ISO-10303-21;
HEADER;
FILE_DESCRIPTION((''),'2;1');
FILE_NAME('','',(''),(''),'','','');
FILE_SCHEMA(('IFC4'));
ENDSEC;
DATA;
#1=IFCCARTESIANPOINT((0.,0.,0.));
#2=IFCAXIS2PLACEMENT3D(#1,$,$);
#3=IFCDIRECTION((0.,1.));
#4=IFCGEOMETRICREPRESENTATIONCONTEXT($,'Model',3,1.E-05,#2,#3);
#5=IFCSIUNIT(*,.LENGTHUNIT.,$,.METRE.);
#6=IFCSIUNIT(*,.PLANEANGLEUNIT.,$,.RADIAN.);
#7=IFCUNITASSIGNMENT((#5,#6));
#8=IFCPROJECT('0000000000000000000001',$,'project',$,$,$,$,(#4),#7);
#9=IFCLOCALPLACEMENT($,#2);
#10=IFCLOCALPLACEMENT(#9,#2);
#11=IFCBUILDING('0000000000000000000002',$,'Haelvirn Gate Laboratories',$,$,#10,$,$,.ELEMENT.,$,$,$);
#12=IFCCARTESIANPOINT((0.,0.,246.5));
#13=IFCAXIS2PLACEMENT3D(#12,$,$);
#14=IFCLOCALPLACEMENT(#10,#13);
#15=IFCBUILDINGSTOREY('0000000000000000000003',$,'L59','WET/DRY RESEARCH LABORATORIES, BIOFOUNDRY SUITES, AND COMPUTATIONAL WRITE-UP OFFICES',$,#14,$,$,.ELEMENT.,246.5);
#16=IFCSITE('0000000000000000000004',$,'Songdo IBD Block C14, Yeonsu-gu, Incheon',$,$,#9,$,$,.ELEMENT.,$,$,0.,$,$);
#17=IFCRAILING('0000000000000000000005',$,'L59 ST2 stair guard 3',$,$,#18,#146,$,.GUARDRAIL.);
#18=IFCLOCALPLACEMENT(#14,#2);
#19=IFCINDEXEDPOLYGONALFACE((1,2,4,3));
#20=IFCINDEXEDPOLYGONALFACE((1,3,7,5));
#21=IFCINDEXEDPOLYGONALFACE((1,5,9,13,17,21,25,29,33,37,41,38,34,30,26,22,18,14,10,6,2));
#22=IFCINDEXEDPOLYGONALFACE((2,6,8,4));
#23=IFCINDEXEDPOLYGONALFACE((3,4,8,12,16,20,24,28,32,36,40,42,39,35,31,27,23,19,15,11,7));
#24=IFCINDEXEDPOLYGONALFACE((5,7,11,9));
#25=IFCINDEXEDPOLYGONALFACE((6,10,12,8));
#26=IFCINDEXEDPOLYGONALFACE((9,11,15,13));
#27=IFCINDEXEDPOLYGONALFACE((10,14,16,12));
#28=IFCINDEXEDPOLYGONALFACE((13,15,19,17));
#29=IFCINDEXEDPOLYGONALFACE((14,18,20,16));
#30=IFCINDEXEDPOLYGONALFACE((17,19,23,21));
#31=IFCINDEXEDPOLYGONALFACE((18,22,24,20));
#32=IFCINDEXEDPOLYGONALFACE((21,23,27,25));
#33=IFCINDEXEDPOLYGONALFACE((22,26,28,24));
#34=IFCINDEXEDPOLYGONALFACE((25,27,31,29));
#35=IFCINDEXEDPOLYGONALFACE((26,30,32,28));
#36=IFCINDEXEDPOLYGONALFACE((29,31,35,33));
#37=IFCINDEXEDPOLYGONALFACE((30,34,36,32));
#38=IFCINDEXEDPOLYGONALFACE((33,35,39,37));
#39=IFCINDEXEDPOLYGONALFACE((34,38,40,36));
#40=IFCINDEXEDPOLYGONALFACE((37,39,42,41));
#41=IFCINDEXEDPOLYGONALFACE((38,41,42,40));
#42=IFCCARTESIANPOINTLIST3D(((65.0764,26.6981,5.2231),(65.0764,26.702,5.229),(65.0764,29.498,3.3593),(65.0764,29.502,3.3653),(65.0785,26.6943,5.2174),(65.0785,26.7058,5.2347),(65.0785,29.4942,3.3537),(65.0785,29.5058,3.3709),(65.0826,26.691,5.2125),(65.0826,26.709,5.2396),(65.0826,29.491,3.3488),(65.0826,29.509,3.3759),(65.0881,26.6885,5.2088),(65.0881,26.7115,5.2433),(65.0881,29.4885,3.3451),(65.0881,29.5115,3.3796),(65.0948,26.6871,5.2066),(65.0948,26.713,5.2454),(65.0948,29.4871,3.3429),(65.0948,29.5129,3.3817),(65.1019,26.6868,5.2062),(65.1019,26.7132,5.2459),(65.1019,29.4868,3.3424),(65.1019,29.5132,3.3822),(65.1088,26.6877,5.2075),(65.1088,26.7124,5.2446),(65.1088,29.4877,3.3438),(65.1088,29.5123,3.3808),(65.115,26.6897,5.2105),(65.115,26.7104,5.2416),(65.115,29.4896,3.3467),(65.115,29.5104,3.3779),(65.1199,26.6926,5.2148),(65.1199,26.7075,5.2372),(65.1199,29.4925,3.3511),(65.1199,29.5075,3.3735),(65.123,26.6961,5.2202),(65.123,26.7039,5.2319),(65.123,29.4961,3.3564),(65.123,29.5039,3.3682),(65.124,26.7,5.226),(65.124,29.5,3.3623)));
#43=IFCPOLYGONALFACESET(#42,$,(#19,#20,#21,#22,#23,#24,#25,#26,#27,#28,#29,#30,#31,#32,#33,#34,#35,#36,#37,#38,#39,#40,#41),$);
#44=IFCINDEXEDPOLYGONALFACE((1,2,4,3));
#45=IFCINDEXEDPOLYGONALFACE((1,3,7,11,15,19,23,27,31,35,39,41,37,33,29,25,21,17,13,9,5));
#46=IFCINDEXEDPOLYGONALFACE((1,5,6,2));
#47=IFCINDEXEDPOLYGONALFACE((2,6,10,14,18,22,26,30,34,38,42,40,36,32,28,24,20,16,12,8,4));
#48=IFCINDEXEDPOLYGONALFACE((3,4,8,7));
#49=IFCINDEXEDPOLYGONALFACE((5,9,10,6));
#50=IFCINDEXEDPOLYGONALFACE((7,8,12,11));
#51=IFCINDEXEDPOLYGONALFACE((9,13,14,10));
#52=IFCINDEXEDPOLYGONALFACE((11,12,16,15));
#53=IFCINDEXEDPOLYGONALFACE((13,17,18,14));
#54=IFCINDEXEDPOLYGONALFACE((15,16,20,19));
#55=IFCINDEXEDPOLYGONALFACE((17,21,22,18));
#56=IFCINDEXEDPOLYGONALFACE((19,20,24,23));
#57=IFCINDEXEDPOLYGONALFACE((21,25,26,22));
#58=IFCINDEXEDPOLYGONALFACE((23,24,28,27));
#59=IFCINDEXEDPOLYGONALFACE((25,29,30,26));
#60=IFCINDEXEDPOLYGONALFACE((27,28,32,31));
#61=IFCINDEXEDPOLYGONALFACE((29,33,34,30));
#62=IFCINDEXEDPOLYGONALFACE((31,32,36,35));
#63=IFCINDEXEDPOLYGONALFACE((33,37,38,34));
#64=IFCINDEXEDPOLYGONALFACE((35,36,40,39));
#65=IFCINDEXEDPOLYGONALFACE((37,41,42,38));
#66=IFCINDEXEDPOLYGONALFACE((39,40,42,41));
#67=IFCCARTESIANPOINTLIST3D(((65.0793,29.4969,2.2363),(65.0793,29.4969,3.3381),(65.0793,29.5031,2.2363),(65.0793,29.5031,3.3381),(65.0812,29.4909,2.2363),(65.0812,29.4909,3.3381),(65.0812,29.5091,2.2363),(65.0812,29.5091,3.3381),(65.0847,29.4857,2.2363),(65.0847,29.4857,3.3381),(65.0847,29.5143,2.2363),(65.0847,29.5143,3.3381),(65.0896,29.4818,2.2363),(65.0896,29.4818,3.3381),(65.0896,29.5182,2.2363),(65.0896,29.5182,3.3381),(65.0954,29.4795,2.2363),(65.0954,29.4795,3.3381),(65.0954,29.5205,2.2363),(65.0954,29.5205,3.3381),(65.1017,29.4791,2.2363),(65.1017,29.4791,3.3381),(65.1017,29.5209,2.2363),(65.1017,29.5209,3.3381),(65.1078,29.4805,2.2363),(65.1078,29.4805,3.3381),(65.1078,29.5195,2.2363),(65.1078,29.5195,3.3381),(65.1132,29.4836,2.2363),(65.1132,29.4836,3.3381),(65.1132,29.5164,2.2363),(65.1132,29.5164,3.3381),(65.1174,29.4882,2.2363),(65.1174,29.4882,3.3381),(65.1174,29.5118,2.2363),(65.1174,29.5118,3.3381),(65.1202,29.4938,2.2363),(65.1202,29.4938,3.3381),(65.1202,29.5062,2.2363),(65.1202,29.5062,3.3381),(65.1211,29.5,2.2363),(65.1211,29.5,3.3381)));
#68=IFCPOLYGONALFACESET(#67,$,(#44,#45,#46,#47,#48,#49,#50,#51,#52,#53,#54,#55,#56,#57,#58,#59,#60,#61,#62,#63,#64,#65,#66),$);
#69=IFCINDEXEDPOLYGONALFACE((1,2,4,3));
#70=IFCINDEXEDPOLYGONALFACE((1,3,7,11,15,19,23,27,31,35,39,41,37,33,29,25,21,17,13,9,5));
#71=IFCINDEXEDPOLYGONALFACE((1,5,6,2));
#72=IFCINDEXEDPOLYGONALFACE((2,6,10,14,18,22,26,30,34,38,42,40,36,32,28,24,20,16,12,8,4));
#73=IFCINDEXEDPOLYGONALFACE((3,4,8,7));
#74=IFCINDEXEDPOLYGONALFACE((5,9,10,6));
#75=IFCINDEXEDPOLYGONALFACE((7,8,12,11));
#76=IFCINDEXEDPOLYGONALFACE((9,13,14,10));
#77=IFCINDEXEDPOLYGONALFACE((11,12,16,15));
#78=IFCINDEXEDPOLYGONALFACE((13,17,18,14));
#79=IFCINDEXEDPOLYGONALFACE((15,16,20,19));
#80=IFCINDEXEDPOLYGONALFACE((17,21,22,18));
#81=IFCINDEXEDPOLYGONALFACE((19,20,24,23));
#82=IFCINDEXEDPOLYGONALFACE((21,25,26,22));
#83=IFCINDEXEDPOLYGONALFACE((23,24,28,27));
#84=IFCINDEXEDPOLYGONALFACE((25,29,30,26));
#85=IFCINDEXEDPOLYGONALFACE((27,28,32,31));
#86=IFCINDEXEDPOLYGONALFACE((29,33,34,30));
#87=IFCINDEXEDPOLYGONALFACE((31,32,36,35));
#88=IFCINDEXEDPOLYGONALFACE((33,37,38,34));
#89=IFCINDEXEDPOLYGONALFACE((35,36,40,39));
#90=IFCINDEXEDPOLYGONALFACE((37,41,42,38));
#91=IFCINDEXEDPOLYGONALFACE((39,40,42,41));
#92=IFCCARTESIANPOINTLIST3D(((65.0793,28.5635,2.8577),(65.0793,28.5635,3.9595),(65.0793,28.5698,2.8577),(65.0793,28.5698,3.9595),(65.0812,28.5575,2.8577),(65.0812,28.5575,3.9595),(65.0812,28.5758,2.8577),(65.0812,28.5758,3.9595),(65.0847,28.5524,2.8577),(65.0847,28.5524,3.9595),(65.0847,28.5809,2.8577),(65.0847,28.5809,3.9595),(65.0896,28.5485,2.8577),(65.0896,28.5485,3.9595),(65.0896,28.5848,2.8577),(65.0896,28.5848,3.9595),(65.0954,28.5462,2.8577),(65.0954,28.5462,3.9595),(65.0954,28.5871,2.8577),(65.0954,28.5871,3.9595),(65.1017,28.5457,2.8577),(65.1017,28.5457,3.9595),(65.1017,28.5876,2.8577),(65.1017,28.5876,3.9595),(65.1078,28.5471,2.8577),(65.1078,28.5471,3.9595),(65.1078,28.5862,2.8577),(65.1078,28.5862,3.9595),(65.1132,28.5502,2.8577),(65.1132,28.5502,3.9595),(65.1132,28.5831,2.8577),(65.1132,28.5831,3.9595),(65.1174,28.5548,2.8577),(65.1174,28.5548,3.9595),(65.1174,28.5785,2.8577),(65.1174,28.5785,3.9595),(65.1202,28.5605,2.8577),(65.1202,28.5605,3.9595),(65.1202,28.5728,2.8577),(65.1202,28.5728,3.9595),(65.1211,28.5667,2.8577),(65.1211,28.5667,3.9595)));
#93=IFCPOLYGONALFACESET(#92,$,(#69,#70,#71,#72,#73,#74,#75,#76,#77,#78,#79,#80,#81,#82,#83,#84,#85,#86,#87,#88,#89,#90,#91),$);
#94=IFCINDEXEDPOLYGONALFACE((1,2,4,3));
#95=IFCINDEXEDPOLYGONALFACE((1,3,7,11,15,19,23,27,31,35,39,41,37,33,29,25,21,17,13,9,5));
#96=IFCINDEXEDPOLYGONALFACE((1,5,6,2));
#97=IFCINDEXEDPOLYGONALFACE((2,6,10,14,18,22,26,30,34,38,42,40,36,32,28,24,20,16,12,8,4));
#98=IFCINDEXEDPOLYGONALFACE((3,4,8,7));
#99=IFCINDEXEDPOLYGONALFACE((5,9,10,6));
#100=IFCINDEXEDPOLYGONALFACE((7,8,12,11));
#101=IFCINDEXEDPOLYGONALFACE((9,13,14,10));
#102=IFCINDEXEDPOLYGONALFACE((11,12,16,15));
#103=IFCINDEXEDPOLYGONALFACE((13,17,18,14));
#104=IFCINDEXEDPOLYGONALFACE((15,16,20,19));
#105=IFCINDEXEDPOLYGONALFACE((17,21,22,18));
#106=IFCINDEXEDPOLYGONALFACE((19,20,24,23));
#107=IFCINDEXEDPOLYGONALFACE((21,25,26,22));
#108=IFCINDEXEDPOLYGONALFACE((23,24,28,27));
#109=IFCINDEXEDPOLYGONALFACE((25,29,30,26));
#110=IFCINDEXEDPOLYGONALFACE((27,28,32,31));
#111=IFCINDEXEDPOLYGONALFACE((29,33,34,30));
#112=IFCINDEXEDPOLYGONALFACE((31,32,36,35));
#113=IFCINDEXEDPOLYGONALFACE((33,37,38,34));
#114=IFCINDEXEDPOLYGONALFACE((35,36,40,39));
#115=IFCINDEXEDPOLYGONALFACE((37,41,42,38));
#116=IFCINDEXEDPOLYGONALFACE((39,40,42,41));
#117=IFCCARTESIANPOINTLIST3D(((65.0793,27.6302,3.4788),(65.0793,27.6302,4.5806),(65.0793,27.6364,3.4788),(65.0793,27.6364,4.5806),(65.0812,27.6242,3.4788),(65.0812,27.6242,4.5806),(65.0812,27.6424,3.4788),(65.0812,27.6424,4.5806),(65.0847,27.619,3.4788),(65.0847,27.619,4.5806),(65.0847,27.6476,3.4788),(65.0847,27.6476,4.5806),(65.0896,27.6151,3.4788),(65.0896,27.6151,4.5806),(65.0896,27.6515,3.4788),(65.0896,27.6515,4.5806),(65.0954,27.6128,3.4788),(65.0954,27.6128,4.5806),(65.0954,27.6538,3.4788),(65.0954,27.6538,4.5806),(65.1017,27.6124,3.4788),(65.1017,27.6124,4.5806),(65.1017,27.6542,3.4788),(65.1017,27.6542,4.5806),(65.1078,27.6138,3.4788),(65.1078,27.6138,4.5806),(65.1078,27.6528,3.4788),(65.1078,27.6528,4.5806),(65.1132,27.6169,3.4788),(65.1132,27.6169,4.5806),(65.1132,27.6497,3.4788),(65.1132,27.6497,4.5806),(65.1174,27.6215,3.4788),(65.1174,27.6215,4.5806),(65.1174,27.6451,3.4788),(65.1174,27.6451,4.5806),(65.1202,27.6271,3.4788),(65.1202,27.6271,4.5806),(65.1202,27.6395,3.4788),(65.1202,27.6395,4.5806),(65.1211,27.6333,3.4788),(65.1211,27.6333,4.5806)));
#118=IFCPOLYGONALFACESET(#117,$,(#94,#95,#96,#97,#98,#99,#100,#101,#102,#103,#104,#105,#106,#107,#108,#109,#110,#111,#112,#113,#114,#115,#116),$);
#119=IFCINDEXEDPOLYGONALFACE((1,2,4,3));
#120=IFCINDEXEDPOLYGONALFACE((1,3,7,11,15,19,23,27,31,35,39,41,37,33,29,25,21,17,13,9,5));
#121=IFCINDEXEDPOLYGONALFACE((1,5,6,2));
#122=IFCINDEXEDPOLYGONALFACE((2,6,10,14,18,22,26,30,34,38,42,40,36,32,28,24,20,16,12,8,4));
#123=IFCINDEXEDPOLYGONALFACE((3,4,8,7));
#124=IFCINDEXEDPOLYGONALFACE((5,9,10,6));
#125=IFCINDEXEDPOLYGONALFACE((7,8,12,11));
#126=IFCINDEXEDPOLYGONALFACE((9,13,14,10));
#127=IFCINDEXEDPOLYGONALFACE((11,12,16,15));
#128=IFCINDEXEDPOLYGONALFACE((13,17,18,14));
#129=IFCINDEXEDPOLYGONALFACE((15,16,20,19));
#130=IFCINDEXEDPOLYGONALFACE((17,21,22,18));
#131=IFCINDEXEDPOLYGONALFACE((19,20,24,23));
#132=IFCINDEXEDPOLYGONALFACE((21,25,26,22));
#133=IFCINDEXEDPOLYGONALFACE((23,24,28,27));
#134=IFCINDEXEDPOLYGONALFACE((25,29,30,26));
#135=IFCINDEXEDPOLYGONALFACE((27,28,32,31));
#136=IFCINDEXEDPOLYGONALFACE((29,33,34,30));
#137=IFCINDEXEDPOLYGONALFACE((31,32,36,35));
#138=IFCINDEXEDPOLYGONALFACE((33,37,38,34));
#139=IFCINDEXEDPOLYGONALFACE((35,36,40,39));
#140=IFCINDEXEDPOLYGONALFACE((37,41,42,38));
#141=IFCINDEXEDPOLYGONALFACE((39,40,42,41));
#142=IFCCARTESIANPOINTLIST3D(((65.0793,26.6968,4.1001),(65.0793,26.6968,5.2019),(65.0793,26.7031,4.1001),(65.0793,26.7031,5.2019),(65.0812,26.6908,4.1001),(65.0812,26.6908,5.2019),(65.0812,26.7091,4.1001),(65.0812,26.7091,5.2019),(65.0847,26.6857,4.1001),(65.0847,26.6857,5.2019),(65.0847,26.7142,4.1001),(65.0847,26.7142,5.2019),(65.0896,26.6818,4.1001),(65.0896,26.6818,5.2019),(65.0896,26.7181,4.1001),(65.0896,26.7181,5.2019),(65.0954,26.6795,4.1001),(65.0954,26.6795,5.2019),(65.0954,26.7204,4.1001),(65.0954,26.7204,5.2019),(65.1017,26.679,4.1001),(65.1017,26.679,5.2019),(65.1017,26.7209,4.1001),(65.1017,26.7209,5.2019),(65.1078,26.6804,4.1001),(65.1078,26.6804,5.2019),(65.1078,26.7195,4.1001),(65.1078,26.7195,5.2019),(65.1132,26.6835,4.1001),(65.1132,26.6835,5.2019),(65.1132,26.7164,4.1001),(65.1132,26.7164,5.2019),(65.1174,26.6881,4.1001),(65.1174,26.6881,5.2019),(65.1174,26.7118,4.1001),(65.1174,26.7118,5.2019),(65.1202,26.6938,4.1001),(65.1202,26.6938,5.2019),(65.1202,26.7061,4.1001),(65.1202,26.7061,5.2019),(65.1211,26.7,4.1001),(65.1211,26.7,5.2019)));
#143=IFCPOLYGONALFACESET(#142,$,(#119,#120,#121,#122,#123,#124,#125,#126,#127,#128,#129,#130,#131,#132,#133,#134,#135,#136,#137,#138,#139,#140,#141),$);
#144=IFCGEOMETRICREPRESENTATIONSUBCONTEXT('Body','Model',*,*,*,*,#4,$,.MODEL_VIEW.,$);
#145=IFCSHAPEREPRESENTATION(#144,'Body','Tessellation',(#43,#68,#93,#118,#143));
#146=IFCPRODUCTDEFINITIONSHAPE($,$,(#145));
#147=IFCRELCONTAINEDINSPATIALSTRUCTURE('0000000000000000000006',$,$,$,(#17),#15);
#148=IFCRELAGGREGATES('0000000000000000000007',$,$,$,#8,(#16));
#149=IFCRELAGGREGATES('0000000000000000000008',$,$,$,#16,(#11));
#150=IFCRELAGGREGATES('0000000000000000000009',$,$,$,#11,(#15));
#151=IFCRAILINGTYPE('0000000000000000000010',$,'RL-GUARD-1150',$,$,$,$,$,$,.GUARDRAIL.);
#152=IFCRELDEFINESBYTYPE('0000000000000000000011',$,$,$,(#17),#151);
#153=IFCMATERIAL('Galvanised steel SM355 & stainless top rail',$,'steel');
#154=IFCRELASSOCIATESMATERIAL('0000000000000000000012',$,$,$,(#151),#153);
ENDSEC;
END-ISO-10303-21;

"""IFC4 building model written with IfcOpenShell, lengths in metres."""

from ifc_helpers import new_model, si_unit, direction, frame, origin, origin_2d, place, context, subcontext, project, spatial, circle, extrude, source, transform, mapped, material, type_object, element, save


model = new_model("IFC4")

# Units and contexts
model_context = context("Model", 3, precision=1e-05, world=origin(), true_north=direction((0.0, 1.0)))
body_context = subcontext(model_context, "Body", "Model", "MODEL_VIEW")
ifc_project = project(units=[si_unit("LENGTHUNIT", "METRE"), si_unit("PLANEANGLEUNIT", "RADIAN")], contexts=[model_context])

# Site, building, storey
site_placement = place(None, origin())
site = spatial("IfcSite", under=ifc_project, at=site_placement, Name="Songdo IBD Block C14, Yeonsu-gu, Incheon", CompositionType="ELEMENT", RefElevation=0.0)
building_placement = place(site_placement, origin())
building = spatial("IfcBuilding", under=site, at=building_placement, Name="Haelvirn Gate Laboratories", CompositionType="ELEMENT")
storey_placement = place(building_placement, frame((0.0, 0.0, 246.5)))
storey = spatial("IfcBuildingStorey", under=building, at=storey_placement, Name="L59", Description="WET/DRY RESEARCH LABORATORIES, BIOFOUNDRY SUITES, AND COMPUTATIONAL WRITE-UP OFFICES", CompositionType="ELEMENT", Elevation=246.5)

# Railing
ifc_material_1 = material(Name="Galvanised steel SM355 & stainless top rail", Category="steel")
railing_type_1 = type_object("IfcRailingType", Name="RL-GUARD-1150", PredefinedType="GUARDRAIL", material=ifc_material_1)
shared_shape_1 = source(origin(), body_context, "Body", "SweptSolid", [
    extrude(circle(Radius=0.0239, at=origin_2d()), frame((0.0, 0.0, 1.126), z_axis=(0.0, -0.832452, 0.554097), x_axis=(1.0, 0.0, 0.0)), (0.0, 0.0, 1.0), 3.3635),
    extrude(circle(Radius=0.021, at=origin_2d()), origin(), (0.0, 0.0, 1.0), 1.1018),
    extrude(circle(Radius=0.021, at=origin_2d()), frame((0.0, -0.9333, 0.6213)), (0.0, 0.0, 1.0), 1.1018),
    extrude(circle(Radius=0.021, at=origin_2d()), frame((0.0, -1.8667, 1.2424)), (0.0, 0.0, 1.0), 1.1018),
    extrude(circle(Radius=0.021, at=origin_2d()), frame((0.0, -2.8, 1.8638)), (0.0, 0.0, 1.0), 1.1018),
])
railing_1_placement = place(storey_placement, frame((65.1001, 29.5, 2.2363)))
element("IfcRailing", 1, at=railing_1_placement, inside=storey, type_object=railing_type_1, Name="L59 ST2 stair guard 3", PredefinedType="GUARDRAIL", context=body_context, shape_type="MappedRepresentation", body=[
    mapped(shared_shape_1, transform((0.0, 0.0, 0.0), scale=1.0)),
])

save(model, "model.ifc")
